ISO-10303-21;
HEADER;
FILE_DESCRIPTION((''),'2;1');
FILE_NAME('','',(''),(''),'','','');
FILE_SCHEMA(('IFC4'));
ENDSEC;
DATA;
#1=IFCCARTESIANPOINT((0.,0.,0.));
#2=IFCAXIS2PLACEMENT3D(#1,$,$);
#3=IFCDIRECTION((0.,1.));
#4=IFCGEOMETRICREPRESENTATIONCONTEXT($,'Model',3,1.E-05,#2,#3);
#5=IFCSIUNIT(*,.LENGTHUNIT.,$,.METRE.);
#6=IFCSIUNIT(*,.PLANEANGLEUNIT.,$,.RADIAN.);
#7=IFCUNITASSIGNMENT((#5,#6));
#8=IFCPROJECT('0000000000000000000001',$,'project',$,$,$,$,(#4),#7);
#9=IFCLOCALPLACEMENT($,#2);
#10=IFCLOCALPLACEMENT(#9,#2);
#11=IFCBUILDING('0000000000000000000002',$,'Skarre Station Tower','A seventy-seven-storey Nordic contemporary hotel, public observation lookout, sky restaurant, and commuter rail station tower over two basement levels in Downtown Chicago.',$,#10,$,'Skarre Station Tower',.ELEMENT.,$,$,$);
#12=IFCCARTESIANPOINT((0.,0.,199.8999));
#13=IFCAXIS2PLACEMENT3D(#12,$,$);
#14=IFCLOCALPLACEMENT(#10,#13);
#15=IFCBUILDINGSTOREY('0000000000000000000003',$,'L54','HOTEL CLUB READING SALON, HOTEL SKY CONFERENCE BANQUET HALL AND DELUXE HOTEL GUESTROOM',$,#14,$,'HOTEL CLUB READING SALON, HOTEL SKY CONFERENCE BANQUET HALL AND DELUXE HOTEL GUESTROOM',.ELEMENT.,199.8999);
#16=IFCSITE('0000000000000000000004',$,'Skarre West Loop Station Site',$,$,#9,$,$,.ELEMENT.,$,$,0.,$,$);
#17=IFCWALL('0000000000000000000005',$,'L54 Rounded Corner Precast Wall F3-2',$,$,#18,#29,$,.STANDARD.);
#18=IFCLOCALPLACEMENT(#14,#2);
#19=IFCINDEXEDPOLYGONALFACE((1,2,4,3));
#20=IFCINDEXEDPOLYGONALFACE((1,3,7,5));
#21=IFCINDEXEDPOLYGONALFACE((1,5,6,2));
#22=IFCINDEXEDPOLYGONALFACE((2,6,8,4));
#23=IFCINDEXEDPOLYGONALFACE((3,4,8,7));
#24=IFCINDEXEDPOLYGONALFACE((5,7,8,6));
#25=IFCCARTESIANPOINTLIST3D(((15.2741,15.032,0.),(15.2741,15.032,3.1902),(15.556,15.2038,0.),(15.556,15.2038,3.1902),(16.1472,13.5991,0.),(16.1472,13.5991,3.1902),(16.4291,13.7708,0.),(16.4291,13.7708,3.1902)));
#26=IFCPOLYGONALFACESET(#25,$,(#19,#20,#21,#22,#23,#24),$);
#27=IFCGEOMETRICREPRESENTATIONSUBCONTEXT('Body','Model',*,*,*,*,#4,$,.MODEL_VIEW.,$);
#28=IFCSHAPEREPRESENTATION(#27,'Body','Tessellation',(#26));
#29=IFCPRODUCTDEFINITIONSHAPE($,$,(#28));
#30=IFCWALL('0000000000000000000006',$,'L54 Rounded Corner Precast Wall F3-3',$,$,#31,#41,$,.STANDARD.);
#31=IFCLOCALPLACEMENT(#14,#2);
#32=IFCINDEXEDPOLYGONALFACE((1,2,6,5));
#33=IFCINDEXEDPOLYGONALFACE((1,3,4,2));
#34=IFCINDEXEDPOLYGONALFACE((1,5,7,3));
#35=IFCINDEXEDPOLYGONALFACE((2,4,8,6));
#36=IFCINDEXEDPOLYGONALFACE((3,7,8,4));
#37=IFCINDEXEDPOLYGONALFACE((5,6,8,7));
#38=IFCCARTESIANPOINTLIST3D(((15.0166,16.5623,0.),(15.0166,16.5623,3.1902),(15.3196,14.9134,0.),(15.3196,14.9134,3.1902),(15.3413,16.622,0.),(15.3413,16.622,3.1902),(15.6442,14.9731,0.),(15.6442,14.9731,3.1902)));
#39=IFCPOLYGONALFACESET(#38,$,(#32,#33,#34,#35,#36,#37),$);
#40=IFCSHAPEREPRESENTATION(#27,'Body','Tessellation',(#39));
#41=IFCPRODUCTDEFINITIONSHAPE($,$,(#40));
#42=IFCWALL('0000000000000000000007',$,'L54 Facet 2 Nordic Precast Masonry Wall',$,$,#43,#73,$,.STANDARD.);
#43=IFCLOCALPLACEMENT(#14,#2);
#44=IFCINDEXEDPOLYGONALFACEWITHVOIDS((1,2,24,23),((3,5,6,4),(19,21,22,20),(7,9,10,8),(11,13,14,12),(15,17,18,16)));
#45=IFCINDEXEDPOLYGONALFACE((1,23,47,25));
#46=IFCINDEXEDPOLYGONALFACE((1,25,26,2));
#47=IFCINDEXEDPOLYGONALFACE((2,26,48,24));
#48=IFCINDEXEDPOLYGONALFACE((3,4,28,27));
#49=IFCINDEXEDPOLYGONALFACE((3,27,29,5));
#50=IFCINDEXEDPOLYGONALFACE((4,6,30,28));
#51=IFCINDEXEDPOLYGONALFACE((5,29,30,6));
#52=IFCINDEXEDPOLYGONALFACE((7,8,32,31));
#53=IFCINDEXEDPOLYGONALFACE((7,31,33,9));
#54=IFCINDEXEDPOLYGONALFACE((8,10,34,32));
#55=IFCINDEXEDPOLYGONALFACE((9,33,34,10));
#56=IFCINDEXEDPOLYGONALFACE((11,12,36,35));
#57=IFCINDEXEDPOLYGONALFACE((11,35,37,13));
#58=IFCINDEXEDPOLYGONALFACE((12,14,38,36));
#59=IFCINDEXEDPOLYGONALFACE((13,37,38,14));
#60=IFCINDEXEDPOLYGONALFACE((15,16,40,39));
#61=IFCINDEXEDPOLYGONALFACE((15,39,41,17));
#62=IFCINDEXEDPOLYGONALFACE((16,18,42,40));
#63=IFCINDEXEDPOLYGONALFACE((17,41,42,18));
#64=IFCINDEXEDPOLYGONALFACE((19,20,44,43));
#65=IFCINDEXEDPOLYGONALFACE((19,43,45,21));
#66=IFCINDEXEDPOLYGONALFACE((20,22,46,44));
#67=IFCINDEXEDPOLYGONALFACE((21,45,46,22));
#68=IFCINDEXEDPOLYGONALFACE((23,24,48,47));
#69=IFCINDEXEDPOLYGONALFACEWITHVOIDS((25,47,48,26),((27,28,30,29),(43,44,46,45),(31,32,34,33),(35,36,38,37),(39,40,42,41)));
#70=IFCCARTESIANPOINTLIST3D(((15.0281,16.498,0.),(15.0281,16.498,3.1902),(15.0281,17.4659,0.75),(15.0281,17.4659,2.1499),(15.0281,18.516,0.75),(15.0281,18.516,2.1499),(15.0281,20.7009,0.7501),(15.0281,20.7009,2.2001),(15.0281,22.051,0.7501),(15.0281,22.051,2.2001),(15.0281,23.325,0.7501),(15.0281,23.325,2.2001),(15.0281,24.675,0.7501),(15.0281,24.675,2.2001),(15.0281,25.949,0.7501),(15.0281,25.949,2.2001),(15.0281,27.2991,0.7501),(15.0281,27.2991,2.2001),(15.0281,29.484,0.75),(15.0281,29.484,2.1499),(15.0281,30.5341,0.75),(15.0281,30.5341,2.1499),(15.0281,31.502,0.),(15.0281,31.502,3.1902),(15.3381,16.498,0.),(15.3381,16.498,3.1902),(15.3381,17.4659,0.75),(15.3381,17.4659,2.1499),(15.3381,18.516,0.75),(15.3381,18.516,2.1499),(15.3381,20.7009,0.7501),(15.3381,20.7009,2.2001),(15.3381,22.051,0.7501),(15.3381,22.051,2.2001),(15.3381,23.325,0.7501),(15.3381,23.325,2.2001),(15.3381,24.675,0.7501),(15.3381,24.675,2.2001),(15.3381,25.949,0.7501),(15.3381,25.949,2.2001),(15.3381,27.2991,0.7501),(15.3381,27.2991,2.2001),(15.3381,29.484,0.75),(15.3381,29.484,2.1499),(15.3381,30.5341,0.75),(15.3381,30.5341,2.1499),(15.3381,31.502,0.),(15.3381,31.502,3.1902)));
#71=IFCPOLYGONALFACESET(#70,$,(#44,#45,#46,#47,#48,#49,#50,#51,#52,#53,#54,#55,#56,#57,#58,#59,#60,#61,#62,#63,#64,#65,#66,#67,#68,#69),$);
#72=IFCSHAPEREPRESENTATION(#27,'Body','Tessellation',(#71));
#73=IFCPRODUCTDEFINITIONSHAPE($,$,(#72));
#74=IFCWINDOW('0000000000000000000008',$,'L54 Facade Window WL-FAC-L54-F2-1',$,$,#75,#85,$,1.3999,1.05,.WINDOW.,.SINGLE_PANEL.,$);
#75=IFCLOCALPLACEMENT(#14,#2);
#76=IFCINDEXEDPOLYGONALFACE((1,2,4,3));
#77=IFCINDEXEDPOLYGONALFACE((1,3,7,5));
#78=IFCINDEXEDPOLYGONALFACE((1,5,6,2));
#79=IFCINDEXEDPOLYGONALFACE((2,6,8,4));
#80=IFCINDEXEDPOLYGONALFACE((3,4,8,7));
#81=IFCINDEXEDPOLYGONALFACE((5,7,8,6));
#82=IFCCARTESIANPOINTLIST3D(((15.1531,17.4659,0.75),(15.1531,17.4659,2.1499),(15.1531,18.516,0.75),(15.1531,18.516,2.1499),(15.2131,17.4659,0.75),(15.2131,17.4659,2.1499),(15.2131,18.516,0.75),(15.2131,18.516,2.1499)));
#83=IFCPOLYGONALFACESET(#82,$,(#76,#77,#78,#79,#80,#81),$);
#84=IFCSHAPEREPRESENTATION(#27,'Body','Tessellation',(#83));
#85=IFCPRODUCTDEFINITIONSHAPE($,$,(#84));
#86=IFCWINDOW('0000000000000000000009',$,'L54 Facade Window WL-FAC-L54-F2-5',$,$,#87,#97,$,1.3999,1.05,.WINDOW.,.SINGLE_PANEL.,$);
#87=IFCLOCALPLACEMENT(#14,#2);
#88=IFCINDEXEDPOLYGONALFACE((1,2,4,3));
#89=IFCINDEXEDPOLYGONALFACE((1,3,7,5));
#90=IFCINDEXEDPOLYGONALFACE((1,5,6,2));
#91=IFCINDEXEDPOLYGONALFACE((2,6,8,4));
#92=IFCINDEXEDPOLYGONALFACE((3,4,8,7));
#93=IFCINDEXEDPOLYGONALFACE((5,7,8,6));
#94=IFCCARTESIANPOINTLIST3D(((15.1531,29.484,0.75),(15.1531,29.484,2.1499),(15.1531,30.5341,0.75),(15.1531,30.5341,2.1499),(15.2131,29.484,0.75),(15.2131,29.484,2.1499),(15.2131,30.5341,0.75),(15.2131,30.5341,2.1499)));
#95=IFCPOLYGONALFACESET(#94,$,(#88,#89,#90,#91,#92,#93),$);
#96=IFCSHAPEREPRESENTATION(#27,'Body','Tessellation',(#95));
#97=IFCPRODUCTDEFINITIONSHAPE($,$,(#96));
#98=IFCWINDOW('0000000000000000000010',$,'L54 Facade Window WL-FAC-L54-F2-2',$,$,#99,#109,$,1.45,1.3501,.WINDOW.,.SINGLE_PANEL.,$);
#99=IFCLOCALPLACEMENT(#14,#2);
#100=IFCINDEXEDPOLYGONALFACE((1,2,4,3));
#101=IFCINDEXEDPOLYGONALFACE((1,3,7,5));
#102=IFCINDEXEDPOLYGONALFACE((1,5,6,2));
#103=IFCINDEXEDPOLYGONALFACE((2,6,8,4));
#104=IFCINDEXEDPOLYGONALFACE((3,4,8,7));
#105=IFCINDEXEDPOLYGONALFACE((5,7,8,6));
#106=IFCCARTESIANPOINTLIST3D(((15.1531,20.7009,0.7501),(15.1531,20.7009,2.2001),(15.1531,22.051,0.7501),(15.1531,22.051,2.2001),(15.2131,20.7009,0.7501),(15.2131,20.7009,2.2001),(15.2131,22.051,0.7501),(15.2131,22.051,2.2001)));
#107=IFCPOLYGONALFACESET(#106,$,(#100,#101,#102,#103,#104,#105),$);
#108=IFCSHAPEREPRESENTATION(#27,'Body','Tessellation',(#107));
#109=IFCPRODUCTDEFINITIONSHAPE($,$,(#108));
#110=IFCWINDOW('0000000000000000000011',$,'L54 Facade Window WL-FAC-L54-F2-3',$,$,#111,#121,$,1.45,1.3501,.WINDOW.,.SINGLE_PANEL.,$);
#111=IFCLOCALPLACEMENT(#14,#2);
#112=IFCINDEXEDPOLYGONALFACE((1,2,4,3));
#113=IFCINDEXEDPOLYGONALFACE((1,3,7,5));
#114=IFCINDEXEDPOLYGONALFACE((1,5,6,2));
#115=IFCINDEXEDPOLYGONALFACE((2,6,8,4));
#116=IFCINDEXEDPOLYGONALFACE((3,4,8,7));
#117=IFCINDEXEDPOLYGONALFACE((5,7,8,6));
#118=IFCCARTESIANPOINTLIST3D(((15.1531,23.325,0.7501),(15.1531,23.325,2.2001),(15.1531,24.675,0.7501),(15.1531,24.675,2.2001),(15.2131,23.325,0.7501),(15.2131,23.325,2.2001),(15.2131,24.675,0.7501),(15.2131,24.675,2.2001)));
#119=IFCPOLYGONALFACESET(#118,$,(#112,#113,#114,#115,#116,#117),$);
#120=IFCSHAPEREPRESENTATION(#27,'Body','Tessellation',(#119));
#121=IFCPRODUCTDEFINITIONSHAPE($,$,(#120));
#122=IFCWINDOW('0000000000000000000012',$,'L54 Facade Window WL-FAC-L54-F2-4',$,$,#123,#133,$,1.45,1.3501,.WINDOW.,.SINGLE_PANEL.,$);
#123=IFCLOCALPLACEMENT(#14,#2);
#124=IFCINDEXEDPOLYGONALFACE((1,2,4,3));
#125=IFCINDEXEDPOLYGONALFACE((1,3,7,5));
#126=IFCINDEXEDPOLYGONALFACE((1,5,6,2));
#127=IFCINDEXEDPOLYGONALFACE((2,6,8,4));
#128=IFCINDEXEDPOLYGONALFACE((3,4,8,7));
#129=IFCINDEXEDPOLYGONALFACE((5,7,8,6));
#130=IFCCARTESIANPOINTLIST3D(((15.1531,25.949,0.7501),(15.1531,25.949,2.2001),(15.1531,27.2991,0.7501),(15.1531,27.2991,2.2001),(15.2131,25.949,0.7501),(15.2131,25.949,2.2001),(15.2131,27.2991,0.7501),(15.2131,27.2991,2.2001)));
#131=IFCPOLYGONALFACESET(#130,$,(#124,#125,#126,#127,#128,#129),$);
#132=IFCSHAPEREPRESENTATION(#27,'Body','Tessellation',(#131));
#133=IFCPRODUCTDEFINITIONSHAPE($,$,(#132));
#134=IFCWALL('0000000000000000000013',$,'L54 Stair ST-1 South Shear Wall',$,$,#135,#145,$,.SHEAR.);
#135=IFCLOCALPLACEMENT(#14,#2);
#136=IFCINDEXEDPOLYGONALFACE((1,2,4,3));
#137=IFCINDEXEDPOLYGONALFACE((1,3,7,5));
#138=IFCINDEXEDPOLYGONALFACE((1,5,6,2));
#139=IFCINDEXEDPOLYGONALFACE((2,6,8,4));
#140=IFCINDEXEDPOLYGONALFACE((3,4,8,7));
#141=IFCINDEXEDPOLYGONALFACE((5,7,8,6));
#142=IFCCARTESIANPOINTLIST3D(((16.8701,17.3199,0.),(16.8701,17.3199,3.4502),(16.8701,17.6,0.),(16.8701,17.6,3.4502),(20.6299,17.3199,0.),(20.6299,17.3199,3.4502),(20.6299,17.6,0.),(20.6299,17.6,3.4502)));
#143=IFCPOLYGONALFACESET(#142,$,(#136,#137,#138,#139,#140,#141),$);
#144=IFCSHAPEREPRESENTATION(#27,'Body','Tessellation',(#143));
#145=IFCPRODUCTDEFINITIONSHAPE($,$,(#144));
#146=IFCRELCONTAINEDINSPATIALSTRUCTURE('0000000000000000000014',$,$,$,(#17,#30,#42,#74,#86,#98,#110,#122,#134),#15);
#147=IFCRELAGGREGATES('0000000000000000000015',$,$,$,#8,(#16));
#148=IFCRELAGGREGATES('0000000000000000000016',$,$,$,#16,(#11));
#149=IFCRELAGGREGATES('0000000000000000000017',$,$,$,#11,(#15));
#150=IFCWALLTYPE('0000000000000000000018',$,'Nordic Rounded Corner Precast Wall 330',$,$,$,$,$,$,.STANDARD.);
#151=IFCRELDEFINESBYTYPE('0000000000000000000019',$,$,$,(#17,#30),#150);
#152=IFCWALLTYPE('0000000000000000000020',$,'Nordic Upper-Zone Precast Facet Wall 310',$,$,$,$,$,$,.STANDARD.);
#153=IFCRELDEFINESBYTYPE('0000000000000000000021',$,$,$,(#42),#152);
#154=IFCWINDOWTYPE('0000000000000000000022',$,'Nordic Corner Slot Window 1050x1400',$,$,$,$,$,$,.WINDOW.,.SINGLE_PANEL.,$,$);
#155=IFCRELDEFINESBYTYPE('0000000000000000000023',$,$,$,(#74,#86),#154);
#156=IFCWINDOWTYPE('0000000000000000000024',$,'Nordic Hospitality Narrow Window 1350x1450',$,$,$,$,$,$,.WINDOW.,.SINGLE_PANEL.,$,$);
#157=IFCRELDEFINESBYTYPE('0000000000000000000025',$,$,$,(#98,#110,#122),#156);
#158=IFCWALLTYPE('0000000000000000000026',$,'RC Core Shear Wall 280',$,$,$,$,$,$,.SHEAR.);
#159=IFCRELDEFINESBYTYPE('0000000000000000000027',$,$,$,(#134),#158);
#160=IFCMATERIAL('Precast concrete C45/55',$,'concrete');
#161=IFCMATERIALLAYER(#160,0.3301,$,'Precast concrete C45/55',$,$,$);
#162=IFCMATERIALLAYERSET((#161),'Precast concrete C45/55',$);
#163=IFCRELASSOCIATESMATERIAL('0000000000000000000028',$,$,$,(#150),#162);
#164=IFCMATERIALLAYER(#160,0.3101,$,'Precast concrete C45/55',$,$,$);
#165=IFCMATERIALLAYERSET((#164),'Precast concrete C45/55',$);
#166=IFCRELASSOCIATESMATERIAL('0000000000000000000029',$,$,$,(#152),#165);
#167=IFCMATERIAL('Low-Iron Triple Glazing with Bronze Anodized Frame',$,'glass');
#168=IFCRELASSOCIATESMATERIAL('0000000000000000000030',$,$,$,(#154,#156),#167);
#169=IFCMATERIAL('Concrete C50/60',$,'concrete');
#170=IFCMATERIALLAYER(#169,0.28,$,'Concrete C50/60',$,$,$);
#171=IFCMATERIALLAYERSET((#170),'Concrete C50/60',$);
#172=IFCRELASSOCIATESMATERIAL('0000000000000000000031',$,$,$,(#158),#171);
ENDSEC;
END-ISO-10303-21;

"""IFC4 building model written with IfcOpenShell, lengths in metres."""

from ifc_helpers import new_model, si_unit, direction, frame, frame_2d, origin, place, context, subcontext, project, spatial, rectangle, extrude, material, layer, layer_set, type_object, element, fill, save


model = new_model("IFC4")

# Units and contexts
model_context = context("Model", 3, precision=1e-05, world=origin(), true_north=direction((0.0, 1.0)))
body_context = subcontext(model_context, "Body", "Model", "MODEL_VIEW")
ifc_project = project(units=[si_unit("LENGTHUNIT", "METRE"), si_unit("PLANEANGLEUNIT", "RADIAN")], contexts=[model_context])

# Site, building, storey
site_placement = place(None, origin())
site = spatial("IfcSite", under=ifc_project, at=site_placement, Name="Skarre West Loop Station Site", CompositionType="ELEMENT", RefElevation=0.0)
building_placement = place(site_placement, origin())
building = spatial("IfcBuilding", under=site, at=building_placement, Name="Skarre Station Tower", Description="A seventy-seven-storey Nordic contemporary hotel, public observation lookout, sky restaurant, and commuter rail station tower over two basement levels in Downtown Chicago.", LongName="Skarre Station Tower", CompositionType="ELEMENT")
storey_placement = place(building_placement, frame((0.0, 0.0, 199.8999)))
storey = spatial("IfcBuildingStorey", under=building, at=storey_placement, Name="L54", Description="HOTEL CLUB READING SALON, HOTEL SKY CONFERENCE BANQUET HALL AND DELUXE HOTEL GUESTROOM", LongName="HOTEL CLUB READING SALON, HOTEL SKY CONFERENCE BANQUET HALL AND DELUXE HOTEL GUESTROOM", CompositionType="ELEMENT", Elevation=199.8999)

# Shared definitions
ifc_material_1 = material(Name="Concrete C50/60", Category="concrete")

# Walls
ifc_material_2 = material(Name="Precast concrete C45/55", Category="concrete")
ifc_layer_1 = layer(ifc_material_2, 0.3301, Name="Precast concrete C45/55")
ifc_layer_set_1 = layer_set([ifc_layer_1], Name="Precast concrete C45/55")
wall_type_1 = type_object("IfcWallType", Name="Nordic Rounded Corner Precast Wall 330", PredefinedType="STANDARD", material=ifc_layer_set_1)
wall_1_placement = place(storey_placement, frame((16.2881, 13.6851, 0.0), z_axis=(0.0, 0.0, 1.0), x_axis=(-0.520325, 0.853968, 0.0)))
element("IfcWall", 1, at=wall_1_placement, inside=storey, type_object=wall_type_1, Name="L54 Rounded Corner Precast Wall F3-2", PredefinedType="STANDARD", context=body_context, shape_type="SweptSolid", body=[
    extrude(rectangle(XDim=1.678, YDim=0.3301, at=frame_2d((0.8389, 0.0))), origin(), (0.0, 0.0, 1.0), 3.1902),
])
wall_2_placement = place(storey_placement, frame((15.4819, 14.9431, 0.0), z_axis=(0.0, 0.0, 1.0), x_axis=(-0.180718, 0.983535, 0.0)))
element("IfcWall", 2, at=wall_2_placement, inside=storey, type_object=wall_type_1, Name="L54 Rounded Corner Precast Wall F3-3", PredefinedType="STANDARD", context=body_context, shape_type="SweptSolid", body=[
    extrude(rectangle(XDim=1.6765, YDim=0.3301, at=frame_2d((0.8384, 0.0))), origin(), (0.0, 0.0, 1.0), 3.1902),
])

# Wall, openings, windows
ifc_layer_2 = layer(ifc_material_2, 0.3101, Name="Precast concrete C45/55")
ifc_layer_set_2 = layer_set([ifc_layer_2], Name="Precast concrete C45/55")
wall_type_2 = type_object("IfcWallType", Name="Nordic Upper-Zone Precast Facet Wall 310", PredefinedType="STANDARD", material=ifc_layer_set_2)
wall_3_placement = place(storey_placement, frame((15.1831, 16.498, 0.0), z_axis=(0.0, 0.0, 1.0), x_axis=(0.0, 1.0, 0.0)))
wall_3 = element("IfcWall", 3, at=wall_3_placement, inside=storey, type_object=wall_type_2, Name="L54 Facet 2 Nordic Precast Masonry Wall", PredefinedType="STANDARD", context=body_context, shape_type="SweptSolid", body=[
    extrude(rectangle(XDim=15.0039, YDim=0.3101, at=frame_2d((7.502, 0.0))), origin(), (0.0, 0.0, 1.0), 3.1902),
])
opening_1_placement = place(wall_3_placement, frame((0.968, 0.0, 0.75)))
opening_1 = element("IfcOpeningElement", 4, at=opening_1_placement, cuts=wall_3, PredefinedType="OPENING", context=body_context, shape_type="SweptSolid", body=[
    extrude(rectangle(XDim=1.05, YDim=1.3999, at=frame_2d((0.5249, 0.7))), frame((0.0, 0.165, 0.0), z_axis=(0.0, -1.0, 0.0), x_axis=(1.0, 0.0, 0.0)), (0.0, 0.0, 1.0), 0.3301),
])
opening_2_placement = place(wall_3_placement, frame((4.2029, 0.0, 0.75)))
opening_2 = element("IfcOpeningElement", 5, at=opening_2_placement, cuts=wall_3, PredefinedType="OPENING", context=body_context, shape_type="SweptSolid", body=[
    extrude(rectangle(XDim=1.3501, YDim=1.45, at=frame_2d((0.675, 0.7251))), frame((0.0, 0.165, 0.0), z_axis=(0.0, -1.0, 0.0), x_axis=(1.0, 0.0, 0.0)), (0.0, 0.0, 1.0), 0.3301),
])
opening_3_placement = place(wall_3_placement, frame((6.8269, 0.0, 0.75)))
opening_3 = element("IfcOpeningElement", 6, at=opening_3_placement, cuts=wall_3, PredefinedType="OPENING", context=body_context, shape_type="SweptSolid", body=[
    extrude(rectangle(XDim=1.3501, YDim=1.45, at=frame_2d((0.675, 0.7251))), frame((0.0, 0.165, 0.0), z_axis=(0.0, -1.0, 0.0), x_axis=(1.0, 0.0, 0.0)), (0.0, 0.0, 1.0), 0.3301),
])
opening_4_placement = place(wall_3_placement, frame((9.4509, 0.0, 0.75)))
opening_4 = element("IfcOpeningElement", 7, at=opening_4_placement, cuts=wall_3, PredefinedType="OPENING", context=body_context, shape_type="SweptSolid", body=[
    extrude(rectangle(XDim=1.3501, YDim=1.45, at=frame_2d((0.675, 0.7251))), frame((0.0, 0.165, 0.0), z_axis=(0.0, -1.0, 0.0), x_axis=(1.0, 0.0, 0.0)), (0.0, 0.0, 1.0), 0.3301),
])
opening_5_placement = place(wall_3_placement, frame((12.9861, 0.0, 0.75)))
opening_5 = element("IfcOpeningElement", 8, at=opening_5_placement, cuts=wall_3, PredefinedType="OPENING", context=body_context, shape_type="SweptSolid", body=[
    extrude(rectangle(XDim=1.05, YDim=1.3999, at=frame_2d((0.5249, 0.7))), frame((0.0, 0.165, 0.0), z_axis=(0.0, -1.0, 0.0), x_axis=(1.0, 0.0, 0.0)), (0.0, 0.0, 1.0), 0.3301),
])
ifc_material_3 = material(Name="Low-Iron Triple Glazing with Bronze Anodized Frame", Category="glass")
window_type_1 = type_object("IfcWindowType", Name="Nordic Corner Slot Window 1050x1400", PartitioningType="SINGLE_PANEL", PredefinedType="WINDOW", material=ifc_material_3)
window_1_placement = place(opening_1_placement, origin())
window_1 = element("IfcWindow", 9, at=window_1_placement, inside=storey, type_object=window_type_1, Name="L54 Facade Window WL-FAC-L54-F2-1", OverallHeight=1.3999, OverallWidth=1.05, PartitioningType="SINGLE_PANEL", PredefinedType="WINDOW", context=body_context, shape_type="SweptSolid", body=[
    extrude(rectangle(XDim=1.05, YDim=1.3999, at=frame_2d((0.5249, 0.7))), frame((0.0, 0.03, 0.0), z_axis=(0.0, -1.0, 0.0), x_axis=(1.0, 0.0, 0.0)), (0.0, 0.0, 1.0), 0.0601),
])
fill(opening_1, window_1)
window_2_placement = place(opening_5_placement, origin())
window_2 = element("IfcWindow", 10, at=window_2_placement, inside=storey, type_object=window_type_1, Name="L54 Facade Window WL-FAC-L54-F2-5", OverallHeight=1.3999, OverallWidth=1.05, PartitioningType="SINGLE_PANEL", PredefinedType="WINDOW", context=body_context, shape_type="SweptSolid", body=[
    extrude(rectangle(XDim=1.05, YDim=1.3999, at=frame_2d((0.5249, 0.7))), frame((0.0, 0.03, 0.0), z_axis=(0.0, -1.0, 0.0), x_axis=(1.0, 0.0, 0.0)), (0.0, 0.0, 1.0), 0.0601),
])
fill(opening_5, window_2)
window_type_2 = type_object("IfcWindowType", Name="Nordic Hospitality Narrow Window 1350x1450", PartitioningType="SINGLE_PANEL", PredefinedType="WINDOW", material=ifc_material_3)
window_3_placement = place(opening_2_placement, origin())
window_3 = element("IfcWindow", 11, at=window_3_placement, inside=storey, type_object=window_type_2, Name="L54 Facade Window WL-FAC-L54-F2-2", OverallHeight=1.45, OverallWidth=1.3501, PartitioningType="SINGLE_PANEL", PredefinedType="WINDOW", context=body_context, shape_type="SweptSolid", body=[
    extrude(rectangle(XDim=1.3501, YDim=1.45, at=frame_2d((0.675, 0.7251))), frame((0.0, 0.03, 0.0), z_axis=(0.0, -1.0, 0.0), x_axis=(1.0, 0.0, 0.0)), (0.0, 0.0, 1.0), 0.0601),
])
fill(opening_2, window_3)
window_4_placement = place(opening_3_placement, origin())
window_4 = element("IfcWindow", 12, at=window_4_placement, inside=storey, type_object=window_type_2, Name="L54 Facade Window WL-FAC-L54-F2-3", OverallHeight=1.45, OverallWidth=1.3501, PartitioningType="SINGLE_PANEL", PredefinedType="WINDOW", context=body_context, shape_type="SweptSolid", body=[
    extrude(rectangle(XDim=1.3501, YDim=1.45, at=frame_2d((0.675, 0.7251))), frame((0.0, 0.03, 0.0), z_axis=(0.0, -1.0, 0.0), x_axis=(1.0, 0.0, 0.0)), (0.0, 0.0, 1.0), 0.0601),
])
fill(opening_3, window_4)
window_5_placement = place(opening_4_placement, origin())
window_5 = element("IfcWindow", 13, at=window_5_placement, inside=storey, type_object=window_type_2, Name="L54 Facade Window WL-FAC-L54-F2-4", OverallHeight=1.45, OverallWidth=1.3501, PartitioningType="SINGLE_PANEL", PredefinedType="WINDOW", context=body_context, shape_type="SweptSolid", body=[
    extrude(rectangle(XDim=1.3501, YDim=1.45, at=frame_2d((0.675, 0.7251))), frame((0.0, 0.03, 0.0), z_axis=(0.0, -1.0, 0.0), x_axis=(1.0, 0.0, 0.0)), (0.0, 0.0, 1.0), 0.0601),
])
fill(opening_4, window_5)

# Wall
ifc_layer_3 = layer(ifc_material_1, 0.28, Name="Concrete C50/60")
ifc_layer_set_3 = layer_set([ifc_layer_3], Name="Concrete C50/60")
wall_type_3 = type_object("IfcWallType", Name="RC Core Shear Wall 280", PredefinedType="SHEAR", material=ifc_layer_set_3)
wall_4_placement = place(storey_placement, frame((16.8701, 17.46, 0.0), z_axis=(0.0, 0.0, 1.0), x_axis=(1.0, 0.0, 0.0)))
element("IfcWall", 14, at=wall_4_placement, inside=storey, type_object=wall_type_3, Name="L54 Stair ST-1 South Shear Wall", PredefinedType="SHEAR", context=body_context, shape_type="SweptSolid", body=[
    extrude(rectangle(XDim=3.7598, YDim=0.28, at=frame_2d((1.8799, 0.0))), origin(), (0.0, 0.0, 1.0), 3.4502),
])

save(model, "model.ifc")
